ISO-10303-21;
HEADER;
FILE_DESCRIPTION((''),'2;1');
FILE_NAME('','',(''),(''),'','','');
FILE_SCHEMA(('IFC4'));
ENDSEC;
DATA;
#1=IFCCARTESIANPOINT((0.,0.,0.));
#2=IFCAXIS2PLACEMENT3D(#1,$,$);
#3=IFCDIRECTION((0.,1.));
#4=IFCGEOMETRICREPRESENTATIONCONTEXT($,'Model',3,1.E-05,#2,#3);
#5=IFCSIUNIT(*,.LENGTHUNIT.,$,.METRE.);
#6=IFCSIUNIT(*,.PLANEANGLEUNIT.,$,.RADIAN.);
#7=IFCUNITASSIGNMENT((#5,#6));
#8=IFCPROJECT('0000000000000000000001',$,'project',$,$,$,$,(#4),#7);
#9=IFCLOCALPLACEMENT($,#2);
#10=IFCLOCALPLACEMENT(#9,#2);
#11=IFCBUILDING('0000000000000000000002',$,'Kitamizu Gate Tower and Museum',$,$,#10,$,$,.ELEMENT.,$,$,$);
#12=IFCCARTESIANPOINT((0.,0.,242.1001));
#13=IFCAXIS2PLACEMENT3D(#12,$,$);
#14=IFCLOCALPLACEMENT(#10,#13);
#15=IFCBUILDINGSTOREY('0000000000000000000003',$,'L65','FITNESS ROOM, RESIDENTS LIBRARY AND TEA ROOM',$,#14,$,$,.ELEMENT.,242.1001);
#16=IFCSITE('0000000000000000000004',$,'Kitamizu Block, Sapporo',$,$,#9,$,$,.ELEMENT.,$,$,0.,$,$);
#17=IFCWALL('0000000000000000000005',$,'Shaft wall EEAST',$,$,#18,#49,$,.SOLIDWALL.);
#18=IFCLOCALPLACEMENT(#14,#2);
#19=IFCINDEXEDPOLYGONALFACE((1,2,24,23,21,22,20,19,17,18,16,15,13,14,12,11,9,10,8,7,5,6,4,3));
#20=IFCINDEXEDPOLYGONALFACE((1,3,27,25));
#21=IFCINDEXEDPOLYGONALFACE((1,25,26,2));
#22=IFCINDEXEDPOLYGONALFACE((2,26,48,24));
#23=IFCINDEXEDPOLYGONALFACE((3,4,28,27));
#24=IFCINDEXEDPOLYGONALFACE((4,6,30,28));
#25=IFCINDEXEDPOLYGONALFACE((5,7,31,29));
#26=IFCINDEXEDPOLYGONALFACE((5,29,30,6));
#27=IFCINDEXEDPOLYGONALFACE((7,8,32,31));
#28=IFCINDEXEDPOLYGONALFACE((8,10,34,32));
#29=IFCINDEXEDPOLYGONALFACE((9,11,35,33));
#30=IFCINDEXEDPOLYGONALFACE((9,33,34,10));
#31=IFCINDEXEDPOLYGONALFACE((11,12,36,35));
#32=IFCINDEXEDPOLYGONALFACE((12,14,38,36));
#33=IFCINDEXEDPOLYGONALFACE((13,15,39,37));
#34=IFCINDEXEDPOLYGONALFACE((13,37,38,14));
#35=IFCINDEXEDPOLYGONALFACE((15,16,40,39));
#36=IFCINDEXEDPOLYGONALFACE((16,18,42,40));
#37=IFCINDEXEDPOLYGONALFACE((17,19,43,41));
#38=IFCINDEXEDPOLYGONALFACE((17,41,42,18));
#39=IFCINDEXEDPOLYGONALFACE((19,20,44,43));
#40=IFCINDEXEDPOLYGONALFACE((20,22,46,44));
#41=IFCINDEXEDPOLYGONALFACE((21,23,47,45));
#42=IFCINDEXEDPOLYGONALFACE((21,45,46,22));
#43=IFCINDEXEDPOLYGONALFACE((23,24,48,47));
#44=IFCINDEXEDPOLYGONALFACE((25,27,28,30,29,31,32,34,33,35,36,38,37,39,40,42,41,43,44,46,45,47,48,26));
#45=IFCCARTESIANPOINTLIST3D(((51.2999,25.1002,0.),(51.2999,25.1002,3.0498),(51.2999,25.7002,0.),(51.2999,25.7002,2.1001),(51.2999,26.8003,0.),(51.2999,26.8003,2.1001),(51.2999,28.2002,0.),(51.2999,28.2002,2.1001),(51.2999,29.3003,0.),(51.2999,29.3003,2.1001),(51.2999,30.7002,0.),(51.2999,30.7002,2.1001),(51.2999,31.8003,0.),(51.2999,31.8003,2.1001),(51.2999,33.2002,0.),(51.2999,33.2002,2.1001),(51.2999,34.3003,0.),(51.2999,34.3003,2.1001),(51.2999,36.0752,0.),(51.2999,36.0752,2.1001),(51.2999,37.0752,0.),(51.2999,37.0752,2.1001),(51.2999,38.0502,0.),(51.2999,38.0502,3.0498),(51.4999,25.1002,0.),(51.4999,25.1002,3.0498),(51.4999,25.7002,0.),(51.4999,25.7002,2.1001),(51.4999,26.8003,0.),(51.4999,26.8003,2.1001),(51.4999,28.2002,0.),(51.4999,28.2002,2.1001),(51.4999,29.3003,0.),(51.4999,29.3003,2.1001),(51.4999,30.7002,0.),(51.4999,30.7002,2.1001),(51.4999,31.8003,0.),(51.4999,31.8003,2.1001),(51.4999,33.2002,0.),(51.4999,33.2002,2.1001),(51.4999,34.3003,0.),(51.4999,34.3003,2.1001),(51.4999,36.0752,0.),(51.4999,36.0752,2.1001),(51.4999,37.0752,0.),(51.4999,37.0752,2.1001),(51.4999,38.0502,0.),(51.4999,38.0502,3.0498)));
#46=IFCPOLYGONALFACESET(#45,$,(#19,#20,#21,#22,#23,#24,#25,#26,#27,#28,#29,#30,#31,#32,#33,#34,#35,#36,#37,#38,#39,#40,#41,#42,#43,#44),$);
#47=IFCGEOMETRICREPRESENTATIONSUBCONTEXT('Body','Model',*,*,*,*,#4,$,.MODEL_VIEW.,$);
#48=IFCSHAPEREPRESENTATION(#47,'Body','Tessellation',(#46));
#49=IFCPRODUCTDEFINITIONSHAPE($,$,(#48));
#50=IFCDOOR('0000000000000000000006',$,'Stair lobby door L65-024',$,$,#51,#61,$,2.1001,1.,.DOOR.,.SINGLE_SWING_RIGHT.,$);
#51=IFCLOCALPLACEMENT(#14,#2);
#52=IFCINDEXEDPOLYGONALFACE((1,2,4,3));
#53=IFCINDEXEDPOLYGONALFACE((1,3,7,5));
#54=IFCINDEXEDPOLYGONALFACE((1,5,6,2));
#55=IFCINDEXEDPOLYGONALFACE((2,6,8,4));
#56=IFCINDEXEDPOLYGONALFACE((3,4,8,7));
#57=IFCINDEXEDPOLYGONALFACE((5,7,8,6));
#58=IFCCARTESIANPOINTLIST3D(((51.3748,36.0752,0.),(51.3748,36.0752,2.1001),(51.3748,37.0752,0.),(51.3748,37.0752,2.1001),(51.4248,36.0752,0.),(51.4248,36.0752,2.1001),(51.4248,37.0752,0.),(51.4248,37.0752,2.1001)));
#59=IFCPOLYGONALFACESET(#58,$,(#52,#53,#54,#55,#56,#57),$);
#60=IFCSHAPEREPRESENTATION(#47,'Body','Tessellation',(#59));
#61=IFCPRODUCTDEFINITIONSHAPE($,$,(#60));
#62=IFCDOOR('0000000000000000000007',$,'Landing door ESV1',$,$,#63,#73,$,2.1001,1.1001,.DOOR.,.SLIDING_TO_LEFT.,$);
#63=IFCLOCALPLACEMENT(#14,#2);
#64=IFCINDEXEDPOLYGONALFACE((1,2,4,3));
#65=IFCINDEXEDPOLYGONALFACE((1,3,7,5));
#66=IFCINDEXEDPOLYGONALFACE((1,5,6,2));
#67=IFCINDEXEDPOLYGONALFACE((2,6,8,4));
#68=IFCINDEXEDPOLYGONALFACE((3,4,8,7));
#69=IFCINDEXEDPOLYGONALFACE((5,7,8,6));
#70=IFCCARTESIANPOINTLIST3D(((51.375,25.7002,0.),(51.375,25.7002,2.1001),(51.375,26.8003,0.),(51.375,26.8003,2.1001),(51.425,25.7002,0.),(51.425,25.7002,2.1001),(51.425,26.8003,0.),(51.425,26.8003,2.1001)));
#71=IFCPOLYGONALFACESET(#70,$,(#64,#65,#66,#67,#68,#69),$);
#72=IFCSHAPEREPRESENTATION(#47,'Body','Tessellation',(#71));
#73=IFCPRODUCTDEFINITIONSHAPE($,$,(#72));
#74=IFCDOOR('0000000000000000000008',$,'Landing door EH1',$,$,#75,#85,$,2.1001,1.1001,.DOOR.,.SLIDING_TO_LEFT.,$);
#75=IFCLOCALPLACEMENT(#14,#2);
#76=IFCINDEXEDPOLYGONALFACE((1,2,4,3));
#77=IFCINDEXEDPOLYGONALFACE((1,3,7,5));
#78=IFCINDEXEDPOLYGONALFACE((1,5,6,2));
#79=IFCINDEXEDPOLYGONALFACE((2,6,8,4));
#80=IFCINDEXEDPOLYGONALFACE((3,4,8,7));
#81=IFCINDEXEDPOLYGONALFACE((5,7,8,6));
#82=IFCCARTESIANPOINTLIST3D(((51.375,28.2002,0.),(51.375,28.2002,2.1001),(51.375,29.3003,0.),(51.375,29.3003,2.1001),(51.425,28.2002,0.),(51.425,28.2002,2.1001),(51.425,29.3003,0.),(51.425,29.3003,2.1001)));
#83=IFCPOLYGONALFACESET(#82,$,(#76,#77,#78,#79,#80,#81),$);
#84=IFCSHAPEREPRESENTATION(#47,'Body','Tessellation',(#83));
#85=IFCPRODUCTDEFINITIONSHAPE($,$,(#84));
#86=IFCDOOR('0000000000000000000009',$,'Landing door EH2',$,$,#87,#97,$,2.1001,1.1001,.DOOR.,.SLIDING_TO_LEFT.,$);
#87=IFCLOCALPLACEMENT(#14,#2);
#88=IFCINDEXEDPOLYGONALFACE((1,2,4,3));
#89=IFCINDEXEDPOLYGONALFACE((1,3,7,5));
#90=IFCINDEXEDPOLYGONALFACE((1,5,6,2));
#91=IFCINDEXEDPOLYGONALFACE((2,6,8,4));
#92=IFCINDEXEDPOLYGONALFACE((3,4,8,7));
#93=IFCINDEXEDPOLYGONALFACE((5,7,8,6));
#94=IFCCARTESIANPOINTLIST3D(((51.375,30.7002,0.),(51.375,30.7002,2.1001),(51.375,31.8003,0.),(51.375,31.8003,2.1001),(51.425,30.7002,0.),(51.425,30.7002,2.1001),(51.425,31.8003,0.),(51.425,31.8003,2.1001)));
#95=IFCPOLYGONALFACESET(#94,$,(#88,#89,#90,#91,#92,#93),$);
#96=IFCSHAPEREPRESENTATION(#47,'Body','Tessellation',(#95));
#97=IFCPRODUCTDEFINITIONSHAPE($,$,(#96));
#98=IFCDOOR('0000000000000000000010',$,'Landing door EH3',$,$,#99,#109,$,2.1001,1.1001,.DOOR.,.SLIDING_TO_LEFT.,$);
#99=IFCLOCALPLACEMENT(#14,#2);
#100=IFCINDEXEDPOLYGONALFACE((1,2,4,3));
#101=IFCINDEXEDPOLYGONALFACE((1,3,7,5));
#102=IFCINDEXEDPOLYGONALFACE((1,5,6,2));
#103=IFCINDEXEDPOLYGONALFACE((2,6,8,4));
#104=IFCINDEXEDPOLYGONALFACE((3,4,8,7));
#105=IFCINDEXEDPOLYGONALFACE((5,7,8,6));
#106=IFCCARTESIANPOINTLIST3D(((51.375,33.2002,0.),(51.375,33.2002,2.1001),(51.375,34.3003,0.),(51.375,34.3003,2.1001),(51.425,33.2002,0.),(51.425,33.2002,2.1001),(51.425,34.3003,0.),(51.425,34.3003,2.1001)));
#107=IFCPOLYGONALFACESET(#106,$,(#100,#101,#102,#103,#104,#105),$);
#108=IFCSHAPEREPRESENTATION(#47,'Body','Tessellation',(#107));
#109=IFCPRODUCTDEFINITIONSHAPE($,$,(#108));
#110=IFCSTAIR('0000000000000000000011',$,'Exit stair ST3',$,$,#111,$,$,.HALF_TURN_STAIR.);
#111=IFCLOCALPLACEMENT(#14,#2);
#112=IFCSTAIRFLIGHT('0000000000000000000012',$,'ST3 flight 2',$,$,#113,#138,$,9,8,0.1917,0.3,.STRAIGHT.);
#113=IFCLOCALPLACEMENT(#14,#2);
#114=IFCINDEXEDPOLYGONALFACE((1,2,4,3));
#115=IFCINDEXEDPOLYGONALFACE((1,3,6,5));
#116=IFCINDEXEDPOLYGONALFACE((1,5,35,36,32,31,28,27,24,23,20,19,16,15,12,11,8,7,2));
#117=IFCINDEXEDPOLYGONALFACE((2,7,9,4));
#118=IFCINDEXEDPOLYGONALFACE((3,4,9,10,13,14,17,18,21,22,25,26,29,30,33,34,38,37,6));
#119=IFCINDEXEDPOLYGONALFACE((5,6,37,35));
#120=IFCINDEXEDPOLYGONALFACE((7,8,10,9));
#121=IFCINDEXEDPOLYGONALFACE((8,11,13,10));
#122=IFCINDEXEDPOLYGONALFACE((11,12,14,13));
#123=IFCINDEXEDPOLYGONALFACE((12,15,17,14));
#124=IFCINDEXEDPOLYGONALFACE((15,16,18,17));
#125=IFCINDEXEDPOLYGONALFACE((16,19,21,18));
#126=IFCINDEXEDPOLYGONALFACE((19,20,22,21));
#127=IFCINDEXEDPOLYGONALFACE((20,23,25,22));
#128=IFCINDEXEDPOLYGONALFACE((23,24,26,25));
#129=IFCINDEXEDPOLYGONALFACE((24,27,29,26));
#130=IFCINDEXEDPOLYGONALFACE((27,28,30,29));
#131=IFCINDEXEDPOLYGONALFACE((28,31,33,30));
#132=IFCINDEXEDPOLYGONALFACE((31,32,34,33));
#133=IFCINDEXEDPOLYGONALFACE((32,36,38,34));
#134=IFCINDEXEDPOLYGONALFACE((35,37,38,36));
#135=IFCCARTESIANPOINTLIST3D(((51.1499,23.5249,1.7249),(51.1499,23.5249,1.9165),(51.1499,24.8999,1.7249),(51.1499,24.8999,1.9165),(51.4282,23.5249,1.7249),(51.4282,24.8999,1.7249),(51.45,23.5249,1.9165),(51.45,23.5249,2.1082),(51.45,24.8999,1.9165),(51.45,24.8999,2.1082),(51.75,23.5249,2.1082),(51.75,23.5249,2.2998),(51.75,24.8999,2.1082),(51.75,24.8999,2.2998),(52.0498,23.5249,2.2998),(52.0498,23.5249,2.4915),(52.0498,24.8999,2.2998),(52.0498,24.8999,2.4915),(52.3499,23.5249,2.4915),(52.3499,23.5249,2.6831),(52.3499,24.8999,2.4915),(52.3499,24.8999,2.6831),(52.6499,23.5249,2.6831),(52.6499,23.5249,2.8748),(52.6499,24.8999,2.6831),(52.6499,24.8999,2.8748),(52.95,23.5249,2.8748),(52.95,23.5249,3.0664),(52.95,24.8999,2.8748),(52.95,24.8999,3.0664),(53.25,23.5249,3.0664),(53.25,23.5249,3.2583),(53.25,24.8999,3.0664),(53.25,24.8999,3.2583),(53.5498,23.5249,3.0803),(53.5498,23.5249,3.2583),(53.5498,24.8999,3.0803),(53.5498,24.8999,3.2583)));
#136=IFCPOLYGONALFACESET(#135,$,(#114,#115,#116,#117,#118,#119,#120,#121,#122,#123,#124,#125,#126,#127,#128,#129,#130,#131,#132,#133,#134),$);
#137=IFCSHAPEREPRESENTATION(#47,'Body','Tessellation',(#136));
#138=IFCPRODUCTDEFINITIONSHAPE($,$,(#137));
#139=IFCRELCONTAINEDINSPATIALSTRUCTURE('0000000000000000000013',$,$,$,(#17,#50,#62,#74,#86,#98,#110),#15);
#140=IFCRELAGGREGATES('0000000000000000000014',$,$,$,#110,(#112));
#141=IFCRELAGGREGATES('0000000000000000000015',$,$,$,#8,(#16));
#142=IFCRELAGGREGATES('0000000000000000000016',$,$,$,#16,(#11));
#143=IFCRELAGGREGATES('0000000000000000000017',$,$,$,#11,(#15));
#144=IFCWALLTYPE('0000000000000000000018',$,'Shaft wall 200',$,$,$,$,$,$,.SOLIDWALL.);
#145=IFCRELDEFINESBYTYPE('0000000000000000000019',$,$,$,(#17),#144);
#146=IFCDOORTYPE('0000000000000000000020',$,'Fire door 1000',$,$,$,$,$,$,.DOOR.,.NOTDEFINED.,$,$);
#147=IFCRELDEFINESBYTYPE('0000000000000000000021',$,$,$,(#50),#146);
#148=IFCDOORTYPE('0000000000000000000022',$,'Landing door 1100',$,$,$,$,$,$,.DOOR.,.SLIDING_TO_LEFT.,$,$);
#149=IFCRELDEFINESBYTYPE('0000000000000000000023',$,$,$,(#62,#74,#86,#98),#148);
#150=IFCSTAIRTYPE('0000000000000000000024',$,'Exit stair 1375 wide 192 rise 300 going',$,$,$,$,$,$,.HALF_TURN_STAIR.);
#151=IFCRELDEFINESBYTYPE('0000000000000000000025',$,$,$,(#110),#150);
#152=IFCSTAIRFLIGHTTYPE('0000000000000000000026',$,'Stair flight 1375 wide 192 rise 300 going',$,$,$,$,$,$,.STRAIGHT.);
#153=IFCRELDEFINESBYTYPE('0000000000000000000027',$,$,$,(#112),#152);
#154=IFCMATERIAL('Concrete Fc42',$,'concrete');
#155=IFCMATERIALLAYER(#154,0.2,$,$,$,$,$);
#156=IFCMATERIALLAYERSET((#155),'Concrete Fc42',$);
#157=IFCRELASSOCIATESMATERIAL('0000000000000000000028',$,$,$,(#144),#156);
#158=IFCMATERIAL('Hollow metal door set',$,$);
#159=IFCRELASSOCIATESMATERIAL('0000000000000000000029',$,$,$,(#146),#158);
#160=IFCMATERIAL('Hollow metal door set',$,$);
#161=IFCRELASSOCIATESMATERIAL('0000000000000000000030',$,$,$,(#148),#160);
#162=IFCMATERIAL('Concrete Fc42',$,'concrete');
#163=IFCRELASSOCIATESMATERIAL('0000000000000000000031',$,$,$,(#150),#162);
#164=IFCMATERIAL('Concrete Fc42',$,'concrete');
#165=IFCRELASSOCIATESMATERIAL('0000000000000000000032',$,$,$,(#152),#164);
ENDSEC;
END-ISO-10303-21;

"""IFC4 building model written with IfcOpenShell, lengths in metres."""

from ifc_helpers import new_model, si_unit, direction, frame, frame_2d, origin, place, context, subcontext, project, spatial, polyline, rectangle, outline, extrude, material, layer, layer_set, type_object, element, fill, aggregate, save


model = new_model("IFC4")

# Units and contexts
model_context = context("Model", 3, precision=1e-05, world=origin(), true_north=direction((0.0, 1.0)))
body_context = subcontext(model_context, "Body", "Model", "MODEL_VIEW")
ifc_project = project(units=[si_unit("LENGTHUNIT", "METRE"), si_unit("PLANEANGLEUNIT", "RADIAN")], contexts=[model_context])

# Site, building, storey
site_placement = place(None, origin())
site = spatial("IfcSite", under=ifc_project, at=site_placement, Name="Kitamizu Block, Sapporo", CompositionType="ELEMENT", RefElevation=0.0)
building_placement = place(site_placement, origin())
building = spatial("IfcBuilding", under=site, at=building_placement, Name="Kitamizu Gate Tower and Museum", CompositionType="ELEMENT")
storey_placement = place(building_placement, frame((0.0, 0.0, 242.1001)))
storey = spatial("IfcBuildingStorey", under=building, at=storey_placement, Name="L65", Description="FITNESS ROOM, RESIDENTS LIBRARY AND TEA ROOM", CompositionType="ELEMENT", Elevation=242.1001)

# Wall, openings, doors
ifc_material_1 = material(Name="Concrete Fc42", Category="concrete")
ifc_layer_1 = layer(ifc_material_1, 0.2)
ifc_layer_set_1 = layer_set([ifc_layer_1], Name="Concrete Fc42")
wall_type_1 = type_object("IfcWallType", Name="Shaft wall 200", PredefinedType="SOLIDWALL", material=ifc_layer_set_1)
wall_1_placement = place(storey_placement, frame((51.3999, 25.1001, 0.0), z_axis=(0.0, 0.0, 1.0), x_axis=(0.0, 1.0, 0.0)))
wall_1 = element("IfcWall", 1, at=wall_1_placement, inside=storey, type_object=wall_type_1, Name="Shaft wall EEAST", PredefinedType="SOLIDWALL", context=body_context, shape_type="SweptSolid", body=[
    extrude(rectangle(XDim=12.95, YDim=0.2, at=frame_2d((6.4751, 0.0))), origin(), (0.0, 0.0, 1.0), 3.0498),
])
opening_1_placement = place(wall_1_placement, frame((0.6001, 0.0, 0.0)))
opening_1 = element("IfcOpeningElement", 2, at=opening_1_placement, cuts=wall_1, PredefinedType="OPENING", context=body_context, shape_type="SweptSolid", body=[
    extrude(rectangle(XDim=1.1001, YDim=2.1001, at=frame_2d((0.55, 1.05))), frame((0.0, 0.1099, 0.0), z_axis=(0.0, -1.0, 0.0), x_axis=(1.0, 0.0, 0.0)), (0.0, 0.0, 1.0), 0.22),
])
opening_2_placement = place(wall_1_placement, frame((3.1001, 0.0, 0.0)))
opening_2 = element("IfcOpeningElement", 3, at=opening_2_placement, cuts=wall_1, PredefinedType="OPENING", context=body_context, shape_type="SweptSolid", body=[
    extrude(rectangle(XDim=1.1001, YDim=2.1001, at=frame_2d((0.55, 1.05))), frame((0.0, 0.1099, 0.0), z_axis=(0.0, -1.0, 0.0), x_axis=(1.0, 0.0, 0.0)), (0.0, 0.0, 1.0), 0.22),
])
opening_3_placement = place(wall_1_placement, frame((5.6001, 0.0, 0.0)))
opening_3 = element("IfcOpeningElement", 4, at=opening_3_placement, cuts=wall_1, PredefinedType="OPENING", context=body_context, shape_type="SweptSolid", body=[
    extrude(rectangle(XDim=1.1001, YDim=2.1001, at=frame_2d((0.55, 1.05))), frame((0.0, 0.1099, 0.0), z_axis=(0.0, -1.0, 0.0), x_axis=(1.0, 0.0, 0.0)), (0.0, 0.0, 1.0), 0.22),
])
opening_4_placement = place(wall_1_placement, frame((8.1001, 0.0, 0.0)))
opening_4 = element("IfcOpeningElement", 5, at=opening_4_placement, cuts=wall_1, PredefinedType="OPENING", context=body_context, shape_type="SweptSolid", body=[
    extrude(rectangle(XDim=1.1001, YDim=2.1001, at=frame_2d((0.55, 1.05))), frame((0.0, 0.1099, 0.0), z_axis=(0.0, -1.0, 0.0), x_axis=(1.0, 0.0, 0.0)), (0.0, 0.0, 1.0), 0.22),
])
opening_5_placement = place(wall_1_placement, frame((10.9751, 0.0, 0.0)))
opening_5 = element("IfcOpeningElement", 6, at=opening_5_placement, cuts=wall_1, PredefinedType="OPENING", context=body_context, shape_type="SweptSolid", body=[
    extrude(rectangle(XDim=1.0, YDim=2.1001, at=frame_2d((0.5, 1.05))), frame((0.0, 0.1099, 0.0), z_axis=(0.0, -1.0, 0.0), x_axis=(1.0, 0.0, 0.0)), (0.0, 0.0, 1.0), 0.22),
])
ifc_material_2 = material(Name="Hollow metal door set")
door_type_1 = type_object("IfcDoorType", Name="Fire door 1000", OperationType="NOTDEFINED", PredefinedType="DOOR", material=ifc_material_2)
door_1_placement = place(opening_5_placement, frame((1.0, 0.0, 0.0), x_axis=(-1.0, 0.0, 0.0)))
door_1 = element("IfcDoor", 7, at=door_1_placement, inside=storey, type_object=door_type_1, Name="Stair lobby door L65-024", OperationType="SINGLE_SWING_RIGHT", OverallHeight=2.1001, OverallWidth=1.0, PredefinedType="DOOR", context=body_context, shape_type="SweptSolid", body=[
    extrude(rectangle(XDim=1.0, YDim=2.1001, at=frame_2d((0.5, 1.05))), frame((0.0, 0.0249, 0.0), z_axis=(0.0, -1.0, 0.0), x_axis=(1.0, 0.0, 0.0)), (0.0, 0.0, 1.0), 0.05),
])
fill(opening_5, door_1)
ifc_material_3 = material(Name="Hollow metal door set")
door_type_2 = type_object("IfcDoorType", Name="Landing door 1100", OperationType="SLIDING_TO_LEFT", PredefinedType="DOOR", material=ifc_material_3)
door_2_placement = place(opening_1_placement, origin())
door_2 = element("IfcDoor", 8, at=door_2_placement, inside=storey, type_object=door_type_2, Name="Landing door ESV1", OperationType="SLIDING_TO_LEFT", OverallHeight=2.1001, OverallWidth=1.1001, PredefinedType="DOOR", context=body_context, shape_type="SweptSolid", body=[
    extrude(rectangle(XDim=1.1001, YDim=2.1001, at=frame_2d((0.55, 1.05))), frame((0.0, 0.0249, 0.0), z_axis=(0.0, -1.0, 0.0), x_axis=(1.0, 0.0, 0.0)), (0.0, 0.0, 1.0), 0.05),
])
fill(opening_1, door_2)
door_3_placement = place(opening_2_placement, origin())
door_3 = element("IfcDoor", 9, at=door_3_placement, inside=storey, type_object=door_type_2, Name="Landing door EH1", OperationType="SLIDING_TO_LEFT", OverallHeight=2.1001, OverallWidth=1.1001, PredefinedType="DOOR", context=body_context, shape_type="SweptSolid", body=[
    extrude(rectangle(XDim=1.1001, YDim=2.1001, at=frame_2d((0.55, 1.05))), frame((0.0, 0.0249, 0.0), z_axis=(0.0, -1.0, 0.0), x_axis=(1.0, 0.0, 0.0)), (0.0, 0.0, 1.0), 0.05),
])
fill(opening_2, door_3)
door_4_placement = place(opening_3_placement, origin())
door_4 = element("IfcDoor", 10, at=door_4_placement, inside=storey, type_object=door_type_2, Name="Landing door EH2", OperationType="SLIDING_TO_LEFT", OverallHeight=2.1001, OverallWidth=1.1001, PredefinedType="DOOR", context=body_context, shape_type="SweptSolid", body=[
    extrude(rectangle(XDim=1.1001, YDim=2.1001, at=frame_2d((0.55, 1.05))), frame((0.0, 0.0249, 0.0), z_axis=(0.0, -1.0, 0.0), x_axis=(1.0, 0.0, 0.0)), (0.0, 0.0, 1.0), 0.05),
])
fill(opening_3, door_4)
door_5_placement = place(opening_4_placement, origin())
door_5 = element("IfcDoor", 11, at=door_5_placement, inside=storey, type_object=door_type_2, Name="Landing door EH3", OperationType="SLIDING_TO_LEFT", OverallHeight=2.1001, OverallWidth=1.1001, PredefinedType="DOOR", context=body_context, shape_type="SweptSolid", body=[
    extrude(rectangle(XDim=1.1001, YDim=2.1001, at=frame_2d((0.55, 1.05))), frame((0.0, 0.0249, 0.0), z_axis=(0.0, -1.0, 0.0), x_axis=(1.0, 0.0, 0.0)), (0.0, 0.0, 1.0), 0.05),
])
fill(opening_4, door_5)

# Stair, stair flight
ifc_material_4 = material(Name="Concrete Fc42", Category="concrete")
stair_type = type_object("IfcStairType", Name="Exit stair 1375 wide 192 rise 300 going", PredefinedType="HALF_TURN_STAIR", material=ifc_material_4)
stair_placement = place(storey_placement, origin())
stair = element("IfcStair", 12, at=stair_placement, inside=storey, type_object=stair_type, Name="Exit stair ST3", PredefinedType="HALF_TURN_STAIR")
ifc_material_5 = material(Name="Concrete Fc42", Category="concrete")
stair_flight_type = type_object("IfcStairFlightType", Name="Stair flight 1375 wide 192 rise 300 going", PredefinedType="STRAIGHT", material=ifc_material_5)
stair_flight_placement = place(storey_placement, frame((51.1499, 24.2124, 1.7249), z_axis=(0.0, 0.0, 1.0), x_axis=(1.0, 0.0, 0.0)))
stair_flight = element("IfcStairFlight", 13, at=stair_flight_placement, type_object=stair_flight_type, Name="ST3 flight 2", NumberOfRisers=9, NumberOfTreads=8, PredefinedType="STRAIGHT", RiserHeight=0.1917, TreadLength=0.3, context=body_context, shape_type="SweptSolid", body=[
    extrude(outline(polyline([(0.0, 0.0), (0.0, 0.1917), (0.3, 0.1917), (0.3, 0.3833), (0.6001, 0.3833), (0.6001, 0.575), (0.8999, 0.575), (0.8999, 0.7666), (1.2, 0.7666), (1.2, 0.9583), (1.5, 0.9583), (1.5, 1.1499), (1.8, 1.1499), (1.8, 1.3416), (2.1001, 1.3416), (2.1001, 1.5334), (2.3999, 1.5334), (2.3999, 1.7251), (2.3999, 1.3555), (0.2783, 0.0), (0.0, 0.0)])), frame((0.0, 0.6875, 0.0), z_axis=(0.0, -1.0, 0.0), x_axis=(1.0, 0.0, 0.0)), (0.0, 0.0, 1.0), 1.375),
])
aggregate(stair, [stair_flight])

save(model, "model.ifc")
